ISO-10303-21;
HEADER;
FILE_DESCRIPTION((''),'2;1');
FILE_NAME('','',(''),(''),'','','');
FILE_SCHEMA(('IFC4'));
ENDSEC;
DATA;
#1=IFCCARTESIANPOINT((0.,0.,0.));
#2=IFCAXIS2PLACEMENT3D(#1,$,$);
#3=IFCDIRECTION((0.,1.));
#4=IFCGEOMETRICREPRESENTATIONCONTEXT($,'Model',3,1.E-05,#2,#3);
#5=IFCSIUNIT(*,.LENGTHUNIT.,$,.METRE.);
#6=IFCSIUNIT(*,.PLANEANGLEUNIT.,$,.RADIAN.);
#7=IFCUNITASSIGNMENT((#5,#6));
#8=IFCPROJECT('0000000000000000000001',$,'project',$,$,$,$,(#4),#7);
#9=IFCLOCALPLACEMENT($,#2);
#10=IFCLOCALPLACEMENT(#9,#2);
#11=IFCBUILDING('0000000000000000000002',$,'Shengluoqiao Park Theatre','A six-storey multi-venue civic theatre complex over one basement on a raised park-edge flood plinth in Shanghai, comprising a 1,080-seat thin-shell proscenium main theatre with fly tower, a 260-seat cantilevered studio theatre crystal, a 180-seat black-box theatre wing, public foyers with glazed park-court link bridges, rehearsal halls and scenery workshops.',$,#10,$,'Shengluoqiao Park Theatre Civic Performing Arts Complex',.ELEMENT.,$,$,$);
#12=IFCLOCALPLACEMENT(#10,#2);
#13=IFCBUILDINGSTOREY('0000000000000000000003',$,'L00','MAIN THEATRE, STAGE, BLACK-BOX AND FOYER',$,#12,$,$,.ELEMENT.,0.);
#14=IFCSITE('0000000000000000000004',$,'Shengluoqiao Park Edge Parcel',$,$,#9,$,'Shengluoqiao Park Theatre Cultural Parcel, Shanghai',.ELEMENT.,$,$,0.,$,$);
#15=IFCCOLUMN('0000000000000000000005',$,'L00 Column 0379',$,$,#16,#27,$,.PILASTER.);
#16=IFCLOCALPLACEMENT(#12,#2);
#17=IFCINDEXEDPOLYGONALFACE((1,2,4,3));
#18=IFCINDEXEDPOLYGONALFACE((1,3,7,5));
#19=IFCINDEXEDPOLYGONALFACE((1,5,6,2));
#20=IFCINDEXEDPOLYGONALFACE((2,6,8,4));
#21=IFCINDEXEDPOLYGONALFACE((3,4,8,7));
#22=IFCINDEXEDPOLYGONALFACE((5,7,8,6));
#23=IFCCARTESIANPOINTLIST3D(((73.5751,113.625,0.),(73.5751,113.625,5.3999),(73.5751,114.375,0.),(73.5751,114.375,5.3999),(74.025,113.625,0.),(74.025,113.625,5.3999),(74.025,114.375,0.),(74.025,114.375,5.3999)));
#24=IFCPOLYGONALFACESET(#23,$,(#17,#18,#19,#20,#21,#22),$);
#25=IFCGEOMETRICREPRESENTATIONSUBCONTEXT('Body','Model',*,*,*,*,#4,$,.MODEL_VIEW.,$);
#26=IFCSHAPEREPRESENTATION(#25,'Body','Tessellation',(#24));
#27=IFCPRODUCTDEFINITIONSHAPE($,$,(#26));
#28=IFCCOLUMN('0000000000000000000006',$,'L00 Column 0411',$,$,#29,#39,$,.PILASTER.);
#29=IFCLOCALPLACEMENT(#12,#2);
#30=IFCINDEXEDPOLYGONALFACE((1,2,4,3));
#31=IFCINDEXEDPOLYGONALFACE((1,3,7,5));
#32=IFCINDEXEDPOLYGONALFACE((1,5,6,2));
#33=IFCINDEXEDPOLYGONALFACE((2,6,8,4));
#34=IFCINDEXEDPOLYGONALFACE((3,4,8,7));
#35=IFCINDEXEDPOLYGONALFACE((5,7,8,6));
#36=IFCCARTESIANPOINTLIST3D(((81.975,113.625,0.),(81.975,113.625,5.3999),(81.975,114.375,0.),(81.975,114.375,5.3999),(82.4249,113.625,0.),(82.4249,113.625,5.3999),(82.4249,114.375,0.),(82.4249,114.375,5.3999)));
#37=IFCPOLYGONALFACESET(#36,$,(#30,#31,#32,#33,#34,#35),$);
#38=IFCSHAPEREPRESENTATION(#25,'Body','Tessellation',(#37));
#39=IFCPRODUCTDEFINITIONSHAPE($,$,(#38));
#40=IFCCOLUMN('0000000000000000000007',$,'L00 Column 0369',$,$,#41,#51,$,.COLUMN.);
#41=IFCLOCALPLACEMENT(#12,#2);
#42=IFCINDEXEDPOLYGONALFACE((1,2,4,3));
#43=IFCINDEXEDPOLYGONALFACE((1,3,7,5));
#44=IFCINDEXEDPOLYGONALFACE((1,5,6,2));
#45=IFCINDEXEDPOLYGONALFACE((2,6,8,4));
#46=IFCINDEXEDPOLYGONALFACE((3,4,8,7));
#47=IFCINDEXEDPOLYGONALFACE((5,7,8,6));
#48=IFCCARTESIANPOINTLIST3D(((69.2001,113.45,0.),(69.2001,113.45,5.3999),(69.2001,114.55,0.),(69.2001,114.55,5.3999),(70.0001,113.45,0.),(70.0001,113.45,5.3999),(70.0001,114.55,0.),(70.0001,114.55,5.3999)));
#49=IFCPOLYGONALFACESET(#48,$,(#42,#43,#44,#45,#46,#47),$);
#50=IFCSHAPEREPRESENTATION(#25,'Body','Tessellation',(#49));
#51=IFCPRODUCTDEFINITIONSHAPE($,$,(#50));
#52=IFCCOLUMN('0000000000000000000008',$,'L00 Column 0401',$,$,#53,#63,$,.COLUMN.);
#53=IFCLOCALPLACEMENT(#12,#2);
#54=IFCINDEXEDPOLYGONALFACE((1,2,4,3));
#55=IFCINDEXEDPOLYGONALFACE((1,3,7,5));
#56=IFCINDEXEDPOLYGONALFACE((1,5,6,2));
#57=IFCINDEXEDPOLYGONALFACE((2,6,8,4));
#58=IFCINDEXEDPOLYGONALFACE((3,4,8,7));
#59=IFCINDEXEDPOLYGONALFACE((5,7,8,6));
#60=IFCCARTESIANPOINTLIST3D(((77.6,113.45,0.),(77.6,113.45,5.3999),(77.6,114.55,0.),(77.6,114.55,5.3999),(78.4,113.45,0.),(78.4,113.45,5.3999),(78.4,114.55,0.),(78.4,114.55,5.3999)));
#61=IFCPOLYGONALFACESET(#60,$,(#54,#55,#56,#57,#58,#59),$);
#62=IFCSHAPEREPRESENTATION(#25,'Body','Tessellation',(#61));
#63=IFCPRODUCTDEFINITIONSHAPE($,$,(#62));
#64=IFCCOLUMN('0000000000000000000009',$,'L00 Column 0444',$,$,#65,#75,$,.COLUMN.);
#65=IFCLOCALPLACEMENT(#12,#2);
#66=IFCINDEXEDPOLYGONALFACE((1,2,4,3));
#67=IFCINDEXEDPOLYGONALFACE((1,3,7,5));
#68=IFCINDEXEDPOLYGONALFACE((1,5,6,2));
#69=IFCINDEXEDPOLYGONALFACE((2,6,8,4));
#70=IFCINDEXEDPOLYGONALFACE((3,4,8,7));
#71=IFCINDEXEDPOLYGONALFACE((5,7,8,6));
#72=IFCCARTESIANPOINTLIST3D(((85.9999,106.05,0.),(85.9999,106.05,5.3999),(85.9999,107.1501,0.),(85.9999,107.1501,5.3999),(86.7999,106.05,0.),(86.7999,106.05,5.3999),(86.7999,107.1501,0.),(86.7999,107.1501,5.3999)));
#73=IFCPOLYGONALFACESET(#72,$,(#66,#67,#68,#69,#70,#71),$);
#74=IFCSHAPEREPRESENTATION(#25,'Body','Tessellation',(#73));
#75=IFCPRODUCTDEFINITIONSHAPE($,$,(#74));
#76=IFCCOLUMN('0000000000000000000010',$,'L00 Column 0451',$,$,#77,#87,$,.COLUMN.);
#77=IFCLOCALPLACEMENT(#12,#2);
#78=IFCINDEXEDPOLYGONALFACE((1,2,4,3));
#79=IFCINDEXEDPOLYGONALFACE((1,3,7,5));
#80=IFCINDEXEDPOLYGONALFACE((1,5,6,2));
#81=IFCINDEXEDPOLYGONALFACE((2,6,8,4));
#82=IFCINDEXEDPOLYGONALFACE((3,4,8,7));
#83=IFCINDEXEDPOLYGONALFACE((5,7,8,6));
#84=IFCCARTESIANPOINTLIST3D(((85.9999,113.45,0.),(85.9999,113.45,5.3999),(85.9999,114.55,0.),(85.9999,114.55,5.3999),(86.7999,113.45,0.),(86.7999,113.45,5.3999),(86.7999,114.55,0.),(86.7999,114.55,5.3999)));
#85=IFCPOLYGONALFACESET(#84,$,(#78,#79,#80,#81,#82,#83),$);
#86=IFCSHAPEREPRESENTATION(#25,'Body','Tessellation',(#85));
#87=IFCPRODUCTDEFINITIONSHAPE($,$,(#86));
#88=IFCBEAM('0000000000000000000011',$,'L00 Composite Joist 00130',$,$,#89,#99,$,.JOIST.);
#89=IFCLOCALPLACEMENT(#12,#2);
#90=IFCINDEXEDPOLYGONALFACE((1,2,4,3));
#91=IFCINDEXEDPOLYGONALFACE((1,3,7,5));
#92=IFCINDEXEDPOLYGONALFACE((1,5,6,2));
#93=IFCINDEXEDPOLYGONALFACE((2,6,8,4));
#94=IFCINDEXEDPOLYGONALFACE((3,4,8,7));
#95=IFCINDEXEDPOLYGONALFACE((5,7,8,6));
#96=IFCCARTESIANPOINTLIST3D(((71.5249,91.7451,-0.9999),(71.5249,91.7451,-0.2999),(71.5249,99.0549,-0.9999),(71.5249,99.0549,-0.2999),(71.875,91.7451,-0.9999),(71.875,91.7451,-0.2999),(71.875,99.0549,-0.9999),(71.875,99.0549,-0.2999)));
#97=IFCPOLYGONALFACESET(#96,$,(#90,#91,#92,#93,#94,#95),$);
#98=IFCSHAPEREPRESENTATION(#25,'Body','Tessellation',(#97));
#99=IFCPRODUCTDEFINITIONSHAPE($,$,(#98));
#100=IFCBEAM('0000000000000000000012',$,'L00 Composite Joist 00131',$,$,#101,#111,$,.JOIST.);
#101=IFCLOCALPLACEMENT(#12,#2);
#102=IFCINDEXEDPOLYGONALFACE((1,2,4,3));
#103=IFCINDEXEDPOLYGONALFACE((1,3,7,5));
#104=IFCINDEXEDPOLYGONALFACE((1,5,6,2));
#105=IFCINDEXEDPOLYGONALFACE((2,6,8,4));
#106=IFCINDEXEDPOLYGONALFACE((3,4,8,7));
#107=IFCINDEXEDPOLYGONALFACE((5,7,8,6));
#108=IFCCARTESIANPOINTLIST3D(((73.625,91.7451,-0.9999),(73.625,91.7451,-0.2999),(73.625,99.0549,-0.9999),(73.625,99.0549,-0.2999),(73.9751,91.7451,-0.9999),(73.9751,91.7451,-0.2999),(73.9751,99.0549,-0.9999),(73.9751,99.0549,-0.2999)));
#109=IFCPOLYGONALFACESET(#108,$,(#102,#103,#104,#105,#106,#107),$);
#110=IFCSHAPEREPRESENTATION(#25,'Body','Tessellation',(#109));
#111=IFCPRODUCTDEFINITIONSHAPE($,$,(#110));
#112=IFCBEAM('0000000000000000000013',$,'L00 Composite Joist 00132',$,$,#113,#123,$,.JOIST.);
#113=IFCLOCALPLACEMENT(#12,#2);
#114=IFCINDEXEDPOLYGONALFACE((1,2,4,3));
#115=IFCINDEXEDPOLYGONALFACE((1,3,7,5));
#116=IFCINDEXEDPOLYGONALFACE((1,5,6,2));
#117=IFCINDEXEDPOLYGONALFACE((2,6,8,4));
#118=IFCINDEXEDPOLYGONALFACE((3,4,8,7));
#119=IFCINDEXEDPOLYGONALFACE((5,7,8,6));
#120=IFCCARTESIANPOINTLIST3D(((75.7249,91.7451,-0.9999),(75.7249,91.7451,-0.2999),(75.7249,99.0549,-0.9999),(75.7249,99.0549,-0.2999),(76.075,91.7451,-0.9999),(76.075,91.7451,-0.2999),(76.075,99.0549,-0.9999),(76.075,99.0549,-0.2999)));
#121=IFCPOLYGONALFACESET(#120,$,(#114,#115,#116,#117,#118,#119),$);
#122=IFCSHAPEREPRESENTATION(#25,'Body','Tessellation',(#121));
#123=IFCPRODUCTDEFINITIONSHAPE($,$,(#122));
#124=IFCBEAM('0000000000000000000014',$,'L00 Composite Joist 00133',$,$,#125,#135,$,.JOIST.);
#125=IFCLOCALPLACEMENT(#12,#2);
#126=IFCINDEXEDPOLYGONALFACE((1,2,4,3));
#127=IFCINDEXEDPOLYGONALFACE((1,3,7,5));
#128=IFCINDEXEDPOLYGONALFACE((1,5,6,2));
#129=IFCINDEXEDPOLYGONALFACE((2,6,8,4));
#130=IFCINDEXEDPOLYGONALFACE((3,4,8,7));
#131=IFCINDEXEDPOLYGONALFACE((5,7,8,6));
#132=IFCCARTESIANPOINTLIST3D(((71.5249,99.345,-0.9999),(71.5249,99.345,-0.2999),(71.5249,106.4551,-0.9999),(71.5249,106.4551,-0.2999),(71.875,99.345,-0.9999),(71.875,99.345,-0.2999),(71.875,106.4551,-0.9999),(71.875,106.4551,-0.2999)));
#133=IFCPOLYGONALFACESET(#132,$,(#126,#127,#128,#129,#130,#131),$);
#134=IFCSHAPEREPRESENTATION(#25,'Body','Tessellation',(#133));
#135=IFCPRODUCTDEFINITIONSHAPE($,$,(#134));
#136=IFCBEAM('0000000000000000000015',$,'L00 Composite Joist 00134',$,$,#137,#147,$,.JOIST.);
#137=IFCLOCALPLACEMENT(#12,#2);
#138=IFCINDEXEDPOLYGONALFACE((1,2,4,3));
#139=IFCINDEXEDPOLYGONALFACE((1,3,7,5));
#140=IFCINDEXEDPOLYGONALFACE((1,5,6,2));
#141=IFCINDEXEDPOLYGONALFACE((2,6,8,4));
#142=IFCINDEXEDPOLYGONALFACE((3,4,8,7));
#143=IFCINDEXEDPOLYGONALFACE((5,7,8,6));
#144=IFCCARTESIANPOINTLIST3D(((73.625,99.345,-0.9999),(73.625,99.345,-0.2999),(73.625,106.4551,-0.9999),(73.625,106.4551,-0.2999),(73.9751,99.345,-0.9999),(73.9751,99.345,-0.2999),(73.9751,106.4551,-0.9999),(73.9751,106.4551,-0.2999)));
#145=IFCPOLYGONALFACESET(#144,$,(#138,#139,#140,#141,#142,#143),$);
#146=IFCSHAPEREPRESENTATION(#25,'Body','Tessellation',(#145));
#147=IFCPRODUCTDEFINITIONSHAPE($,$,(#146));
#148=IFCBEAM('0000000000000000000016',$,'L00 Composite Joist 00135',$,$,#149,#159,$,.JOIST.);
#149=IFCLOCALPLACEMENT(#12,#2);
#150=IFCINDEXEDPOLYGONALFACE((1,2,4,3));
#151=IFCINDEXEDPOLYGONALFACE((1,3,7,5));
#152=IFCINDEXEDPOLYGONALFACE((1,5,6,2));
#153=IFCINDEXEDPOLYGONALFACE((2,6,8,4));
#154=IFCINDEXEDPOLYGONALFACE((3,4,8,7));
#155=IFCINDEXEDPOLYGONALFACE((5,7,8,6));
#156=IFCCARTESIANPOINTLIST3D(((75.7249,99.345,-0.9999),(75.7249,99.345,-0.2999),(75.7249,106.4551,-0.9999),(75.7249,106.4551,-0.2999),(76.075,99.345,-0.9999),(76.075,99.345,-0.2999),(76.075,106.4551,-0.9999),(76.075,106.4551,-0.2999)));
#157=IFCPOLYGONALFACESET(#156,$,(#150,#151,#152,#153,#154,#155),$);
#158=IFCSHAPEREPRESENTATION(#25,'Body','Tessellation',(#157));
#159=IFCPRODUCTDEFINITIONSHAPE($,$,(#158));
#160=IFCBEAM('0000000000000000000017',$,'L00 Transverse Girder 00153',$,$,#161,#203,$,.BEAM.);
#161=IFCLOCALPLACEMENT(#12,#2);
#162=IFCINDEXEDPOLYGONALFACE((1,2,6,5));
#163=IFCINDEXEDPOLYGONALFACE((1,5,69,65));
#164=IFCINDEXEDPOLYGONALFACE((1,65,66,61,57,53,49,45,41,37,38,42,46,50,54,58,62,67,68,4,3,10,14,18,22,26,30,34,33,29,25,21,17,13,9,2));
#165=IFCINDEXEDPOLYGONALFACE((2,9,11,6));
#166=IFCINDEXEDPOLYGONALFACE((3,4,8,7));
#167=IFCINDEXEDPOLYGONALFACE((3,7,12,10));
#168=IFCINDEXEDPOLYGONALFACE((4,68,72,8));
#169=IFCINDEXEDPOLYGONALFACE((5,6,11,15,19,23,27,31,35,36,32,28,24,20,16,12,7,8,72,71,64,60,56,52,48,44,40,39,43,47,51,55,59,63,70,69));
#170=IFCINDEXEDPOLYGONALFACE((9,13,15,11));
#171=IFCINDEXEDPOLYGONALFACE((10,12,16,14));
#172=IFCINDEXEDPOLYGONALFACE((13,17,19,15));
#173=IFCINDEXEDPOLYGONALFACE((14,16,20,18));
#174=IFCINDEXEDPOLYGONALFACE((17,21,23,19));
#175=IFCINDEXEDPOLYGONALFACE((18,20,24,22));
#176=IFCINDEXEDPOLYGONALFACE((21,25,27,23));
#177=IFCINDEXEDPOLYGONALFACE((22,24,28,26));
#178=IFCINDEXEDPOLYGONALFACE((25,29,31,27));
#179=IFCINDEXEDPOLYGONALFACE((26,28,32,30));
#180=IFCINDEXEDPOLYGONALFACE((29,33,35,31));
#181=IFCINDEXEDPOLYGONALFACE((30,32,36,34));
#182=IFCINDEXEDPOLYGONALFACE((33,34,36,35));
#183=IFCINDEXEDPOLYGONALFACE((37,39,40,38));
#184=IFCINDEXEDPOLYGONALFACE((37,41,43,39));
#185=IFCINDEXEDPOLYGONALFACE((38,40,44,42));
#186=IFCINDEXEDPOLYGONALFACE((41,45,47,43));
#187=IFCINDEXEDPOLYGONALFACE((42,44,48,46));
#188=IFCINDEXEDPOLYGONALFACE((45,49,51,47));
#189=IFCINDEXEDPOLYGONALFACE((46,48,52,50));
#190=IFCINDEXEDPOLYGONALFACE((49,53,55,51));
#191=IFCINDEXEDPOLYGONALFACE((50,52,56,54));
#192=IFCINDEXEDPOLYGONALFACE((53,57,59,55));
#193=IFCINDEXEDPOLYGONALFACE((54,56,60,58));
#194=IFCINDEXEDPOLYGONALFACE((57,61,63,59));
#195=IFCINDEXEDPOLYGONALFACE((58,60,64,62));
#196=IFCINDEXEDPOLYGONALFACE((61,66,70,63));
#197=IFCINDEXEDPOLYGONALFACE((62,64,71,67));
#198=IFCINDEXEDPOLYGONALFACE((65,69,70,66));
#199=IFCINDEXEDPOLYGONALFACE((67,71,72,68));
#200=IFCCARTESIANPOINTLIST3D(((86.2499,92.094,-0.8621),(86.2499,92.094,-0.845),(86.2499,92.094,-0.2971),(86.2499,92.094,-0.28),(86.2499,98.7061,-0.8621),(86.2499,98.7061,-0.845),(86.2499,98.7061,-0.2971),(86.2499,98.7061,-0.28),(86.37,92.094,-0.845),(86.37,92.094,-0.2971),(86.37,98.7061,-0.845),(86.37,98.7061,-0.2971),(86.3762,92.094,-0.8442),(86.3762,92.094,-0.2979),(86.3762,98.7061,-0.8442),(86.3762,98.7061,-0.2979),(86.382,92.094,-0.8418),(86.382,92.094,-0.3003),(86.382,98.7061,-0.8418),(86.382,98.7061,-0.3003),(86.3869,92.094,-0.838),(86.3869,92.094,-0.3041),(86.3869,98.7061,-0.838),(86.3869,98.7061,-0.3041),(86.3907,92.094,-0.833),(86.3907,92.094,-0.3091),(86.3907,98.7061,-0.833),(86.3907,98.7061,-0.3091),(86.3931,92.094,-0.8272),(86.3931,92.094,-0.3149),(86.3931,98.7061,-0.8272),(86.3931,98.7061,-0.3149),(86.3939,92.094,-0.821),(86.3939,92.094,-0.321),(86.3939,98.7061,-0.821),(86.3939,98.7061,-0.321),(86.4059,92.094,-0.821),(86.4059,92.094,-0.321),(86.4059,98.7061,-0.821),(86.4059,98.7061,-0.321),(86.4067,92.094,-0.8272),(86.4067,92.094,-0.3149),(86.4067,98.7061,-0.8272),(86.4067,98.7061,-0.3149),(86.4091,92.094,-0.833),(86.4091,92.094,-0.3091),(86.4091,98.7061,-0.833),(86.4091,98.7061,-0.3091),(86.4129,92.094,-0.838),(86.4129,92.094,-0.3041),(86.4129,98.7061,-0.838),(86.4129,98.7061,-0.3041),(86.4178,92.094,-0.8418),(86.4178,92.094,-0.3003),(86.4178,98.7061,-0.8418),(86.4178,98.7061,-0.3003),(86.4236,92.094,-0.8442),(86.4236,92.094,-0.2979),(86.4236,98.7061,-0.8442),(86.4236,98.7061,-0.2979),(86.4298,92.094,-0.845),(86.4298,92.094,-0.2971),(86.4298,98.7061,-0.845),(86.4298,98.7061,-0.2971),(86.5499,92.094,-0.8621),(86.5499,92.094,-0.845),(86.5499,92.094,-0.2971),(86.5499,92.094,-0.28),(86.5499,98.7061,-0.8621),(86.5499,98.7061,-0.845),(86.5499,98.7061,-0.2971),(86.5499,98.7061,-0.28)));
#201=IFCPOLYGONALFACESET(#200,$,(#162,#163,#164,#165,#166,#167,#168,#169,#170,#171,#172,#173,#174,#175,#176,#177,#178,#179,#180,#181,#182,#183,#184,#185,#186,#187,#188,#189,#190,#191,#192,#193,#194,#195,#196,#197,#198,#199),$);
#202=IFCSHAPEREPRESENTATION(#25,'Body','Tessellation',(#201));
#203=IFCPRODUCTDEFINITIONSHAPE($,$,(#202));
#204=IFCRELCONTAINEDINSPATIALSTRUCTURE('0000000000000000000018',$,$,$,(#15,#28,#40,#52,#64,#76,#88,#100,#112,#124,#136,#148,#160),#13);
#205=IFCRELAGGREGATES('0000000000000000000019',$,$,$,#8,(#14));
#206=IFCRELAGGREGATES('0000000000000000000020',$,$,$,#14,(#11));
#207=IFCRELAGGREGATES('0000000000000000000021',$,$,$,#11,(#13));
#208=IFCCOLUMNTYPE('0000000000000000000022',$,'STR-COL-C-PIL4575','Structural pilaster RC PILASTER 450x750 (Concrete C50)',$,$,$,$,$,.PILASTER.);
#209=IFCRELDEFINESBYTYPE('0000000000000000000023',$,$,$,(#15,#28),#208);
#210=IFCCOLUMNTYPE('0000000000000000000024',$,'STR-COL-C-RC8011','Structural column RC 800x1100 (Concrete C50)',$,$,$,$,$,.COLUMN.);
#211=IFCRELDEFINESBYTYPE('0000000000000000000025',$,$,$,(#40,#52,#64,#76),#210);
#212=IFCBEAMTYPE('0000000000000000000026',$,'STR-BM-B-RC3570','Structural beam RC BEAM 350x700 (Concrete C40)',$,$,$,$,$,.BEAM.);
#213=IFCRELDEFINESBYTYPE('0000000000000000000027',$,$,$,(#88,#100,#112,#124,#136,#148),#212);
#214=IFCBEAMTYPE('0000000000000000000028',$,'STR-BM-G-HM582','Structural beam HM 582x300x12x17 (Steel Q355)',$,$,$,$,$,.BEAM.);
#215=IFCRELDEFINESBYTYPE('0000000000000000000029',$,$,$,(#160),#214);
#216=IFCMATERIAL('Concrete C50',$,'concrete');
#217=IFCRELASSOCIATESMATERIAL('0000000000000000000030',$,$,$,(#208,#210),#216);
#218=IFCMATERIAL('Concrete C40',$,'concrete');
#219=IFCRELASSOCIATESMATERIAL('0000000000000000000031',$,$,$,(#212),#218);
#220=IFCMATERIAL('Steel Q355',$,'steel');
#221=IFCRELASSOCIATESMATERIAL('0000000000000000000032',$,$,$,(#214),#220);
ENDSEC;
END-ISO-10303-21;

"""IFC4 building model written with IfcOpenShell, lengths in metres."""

from ifc_helpers import new_model, si_unit, direction, frame, origin, origin_2d, place, context, subcontext, project, spatial, rectangle, i_section, extrude, material, material_profile, profile_set, type_object, element, save


model = new_model("IFC4")

# Units and contexts
model_context = context("Model", 3, precision=1e-05, world=origin(), true_north=direction((0.0, 1.0)))
body_context = subcontext(model_context, "Body", "Model", "MODEL_VIEW")
ifc_project = project(units=[si_unit("LENGTHUNIT", "METRE"), si_unit("PLANEANGLEUNIT", "RADIAN")], contexts=[model_context])

# Site, building, storey
site_placement = place(None, origin())
site = spatial("IfcSite", under=ifc_project, at=site_placement, Name="Shengluoqiao Park Edge Parcel", LongName="Shengluoqiao Park Theatre Cultural Parcel, Shanghai", CompositionType="ELEMENT", RefElevation=0.0)
building_placement = place(site_placement, origin())
building = spatial("IfcBuilding", under=site, at=building_placement, Name="Shengluoqiao Park Theatre", Description="A six-storey multi-venue civic theatre complex over one basement on a raised park-edge flood plinth in Shanghai, comprising a 1,080-seat thin-shell proscenium main theatre with fly tower, a 260-seat cantilevered studio theatre crystal, a 180-seat black-box theatre wing, public foyers with glazed park-court link bridges, rehearsal halls and scenery workshops.", LongName="Shengluoqiao Park Theatre Civic Performing Arts Complex", CompositionType="ELEMENT")
storey_placement = place(building_placement, origin())
storey = spatial("IfcBuildingStorey", under=building, at=storey_placement, Name="L00", Description="MAIN THEATRE, STAGE, BLACK-BOX AND FOYER", CompositionType="ELEMENT", Elevation=0.0)

# Columns
ifc_material_1 = material(Name="Concrete C50", Category="concrete")
ifc_material_profile_1 = material_profile(ifc_material_1, rectangle(XDim=0.45, YDim=0.75, at=origin_2d()), Name="RC PILASTER 450x750")
ifc_profile_set_1 = profile_set([ifc_material_profile_1], Name="Concrete C50")
column_type_1 = type_object("IfcColumnType", Name="STR-COL-C-PIL4575", Description="Structural pilaster RC PILASTER 450x750 (Concrete C50)", PredefinedType="PILASTER", material=ifc_profile_set_1)
for number, where, z_axis, x_axis, name in (
    (1, (73.8, 114.0, 0.0), (0.0, 0.0, 1.0), (1.0, 0.0, 0.0), "L00 Column 0379"),
    (2, (82.2, 114.0, 0.0), (0.0, 0.0, 1.0), (1.0, 0.0, 0.0), "L00 Column 0411"),
):
    element("IfcColumn", number, at=place(storey_placement, frame(where, z_axis=z_axis, x_axis=x_axis)), inside=storey, type_object=column_type_1, Name=name, PredefinedType="PILASTER", context=body_context, shape_type="SweptSolid", body=[
        extrude(rectangle(XDim=0.45, YDim=0.75, at=origin_2d()), origin(), (0.0, 0.0, 1.0), 5.3999),
    ])
ifc_material_profile_2 = material_profile(ifc_material_1, rectangle(XDim=0.8, YDim=1.1001, at=origin_2d()), Name="RC 800x1100")
ifc_profile_set_2 = profile_set([ifc_material_profile_2], Name="Concrete C50")
column_type_2 = type_object("IfcColumnType", Name="STR-COL-C-RC8011", Description="Structural column RC 800x1100 (Concrete C50)", PredefinedType="COLUMN", material=ifc_profile_set_2)
for number, where, z_axis, x_axis, name in (
    (3, (69.6001, 114.0, 0.0), (0.0, 0.0, 1.0), (1.0, 0.0, 0.0), "L00 Column 0369"),
    (4, (78.0, 114.0, 0.0), (0.0, 0.0, 1.0), (1.0, 0.0, 0.0), "L00 Column 0401"),
    (5, (86.3999, 106.6001, 0.0), (0.0, 0.0, 1.0), (1.0, 0.0, 0.0), "L00 Column 0444"),
    (6, (86.3999, 114.0, 0.0), (0.0, 0.0, 1.0), (1.0, 0.0, 0.0), "L00 Column 0451"),
):
    element("IfcColumn", number, at=place(storey_placement, frame(where, z_axis=z_axis, x_axis=x_axis)), inside=storey, type_object=column_type_2, Name=name, PredefinedType="COLUMN", context=body_context, shape_type="SweptSolid", body=[
        extrude(rectangle(XDim=0.8, YDim=1.1001, at=origin_2d()), origin(), (0.0, 0.0, 1.0), 5.3999),
    ])

# Beams
ifc_material_2 = material(Name="Concrete C40", Category="concrete")
ifc_material_profile_3 = material_profile(ifc_material_2, rectangle(XDim=0.3501, YDim=0.7, at=origin_2d()), Name="RC BEAM 350x700")
ifc_profile_set_3 = profile_set([ifc_material_profile_3], Name="Concrete C40")
beam_type_1 = type_object("IfcBeamType", Name="STR-BM-B-RC3570", Description="Structural beam RC BEAM 350x700 (Concrete C40)", PredefinedType="BEAM", material=ifc_profile_set_3)
for number, where, z_axis, x_axis, name in (
    (7, (71.7, 91.7451, -0.6499), (0.0, 1.0, 0.0), (-1.0, 0.0, 0.0), "L00 Composite Joist 00130"),
    (8, (73.8, 91.7451, -0.6499), (0.0, 1.0, 0.0), (-1.0, 0.0, 0.0), "L00 Composite Joist 00131"),
    (9, (75.8999, 91.7451, -0.6499), (0.0, 1.0, 0.0), (-1.0, 0.0, 0.0), "L00 Composite Joist 00132"),
):
    element("IfcBeam", number, at=place(storey_placement, frame(where, z_axis=z_axis, x_axis=x_axis)), inside=storey, type_object=beam_type_1, Name=name, PredefinedType="JOIST", context=body_context, shape_type="SweptSolid", body=[
        extrude(rectangle(XDim=0.3501, YDim=0.7, at=origin_2d()), origin(), (0.0, 0.0, 1.0), 7.3098),
    ])
for number, where, z_axis, x_axis, name in (
    (10, (71.7, 99.345, -0.6499), (0.0, 1.0, 0.0), (-1.0, 0.0, 0.0), "L00 Composite Joist 00133"),
    (11, (73.8, 99.345, -0.6499), (0.0, 1.0, 0.0), (-1.0, 0.0, 0.0), "L00 Composite Joist 00134"),
    (12, (75.8999, 99.345, -0.6499), (0.0, 1.0, 0.0), (-1.0, 0.0, 0.0), "L00 Composite Joist 00135"),
):
    element("IfcBeam", number, at=place(storey_placement, frame(where, z_axis=z_axis, x_axis=x_axis)), inside=storey, type_object=beam_type_1, Name=name, PredefinedType="JOIST", context=body_context, shape_type="SweptSolid", body=[
        extrude(rectangle(XDim=0.3501, YDim=0.7, at=origin_2d()), origin(), (0.0, 0.0, 1.0), 7.1101),
    ])
ifc_material_3 = material(Name="Steel Q355", Category="steel")
ifc_material_profile_4 = material_profile(ifc_material_3, i_section(OverallWidth=0.3, OverallDepth=0.582, WebThickness=0.012, FlangeThickness=0.0171, FilletRadius=0.0239, at=origin_2d()), Name="HM 582x300x12x17")
ifc_profile_set_4 = profile_set([ifc_material_profile_4], Name="Steel Q355")
beam_type_2 = type_object("IfcBeamType", Name="STR-BM-G-HM582", Description="Structural beam HM 582x300x12x17 (Steel Q355)", PredefinedType="BEAM", material=ifc_profile_set_4)
beam_1_placement = place(storey_placement, frame((86.3999, 92.094, -0.571), z_axis=(0.0, 1.0, 0.0), x_axis=(-1.0, 0.0, 0.0)))
element("IfcBeam", 13, at=beam_1_placement, inside=storey, type_object=beam_type_2, Name="L00 Transverse Girder 00153", PredefinedType="BEAM", context=body_context, shape_type="SweptSolid", body=[
    extrude(i_section(OverallWidth=0.3, OverallDepth=0.582, WebThickness=0.012, FlangeThickness=0.0171, FilletRadius=0.0239, at=origin_2d()), origin(), (0.0, 0.0, 1.0), 6.6121),
])

save(model, "model.ifc")
